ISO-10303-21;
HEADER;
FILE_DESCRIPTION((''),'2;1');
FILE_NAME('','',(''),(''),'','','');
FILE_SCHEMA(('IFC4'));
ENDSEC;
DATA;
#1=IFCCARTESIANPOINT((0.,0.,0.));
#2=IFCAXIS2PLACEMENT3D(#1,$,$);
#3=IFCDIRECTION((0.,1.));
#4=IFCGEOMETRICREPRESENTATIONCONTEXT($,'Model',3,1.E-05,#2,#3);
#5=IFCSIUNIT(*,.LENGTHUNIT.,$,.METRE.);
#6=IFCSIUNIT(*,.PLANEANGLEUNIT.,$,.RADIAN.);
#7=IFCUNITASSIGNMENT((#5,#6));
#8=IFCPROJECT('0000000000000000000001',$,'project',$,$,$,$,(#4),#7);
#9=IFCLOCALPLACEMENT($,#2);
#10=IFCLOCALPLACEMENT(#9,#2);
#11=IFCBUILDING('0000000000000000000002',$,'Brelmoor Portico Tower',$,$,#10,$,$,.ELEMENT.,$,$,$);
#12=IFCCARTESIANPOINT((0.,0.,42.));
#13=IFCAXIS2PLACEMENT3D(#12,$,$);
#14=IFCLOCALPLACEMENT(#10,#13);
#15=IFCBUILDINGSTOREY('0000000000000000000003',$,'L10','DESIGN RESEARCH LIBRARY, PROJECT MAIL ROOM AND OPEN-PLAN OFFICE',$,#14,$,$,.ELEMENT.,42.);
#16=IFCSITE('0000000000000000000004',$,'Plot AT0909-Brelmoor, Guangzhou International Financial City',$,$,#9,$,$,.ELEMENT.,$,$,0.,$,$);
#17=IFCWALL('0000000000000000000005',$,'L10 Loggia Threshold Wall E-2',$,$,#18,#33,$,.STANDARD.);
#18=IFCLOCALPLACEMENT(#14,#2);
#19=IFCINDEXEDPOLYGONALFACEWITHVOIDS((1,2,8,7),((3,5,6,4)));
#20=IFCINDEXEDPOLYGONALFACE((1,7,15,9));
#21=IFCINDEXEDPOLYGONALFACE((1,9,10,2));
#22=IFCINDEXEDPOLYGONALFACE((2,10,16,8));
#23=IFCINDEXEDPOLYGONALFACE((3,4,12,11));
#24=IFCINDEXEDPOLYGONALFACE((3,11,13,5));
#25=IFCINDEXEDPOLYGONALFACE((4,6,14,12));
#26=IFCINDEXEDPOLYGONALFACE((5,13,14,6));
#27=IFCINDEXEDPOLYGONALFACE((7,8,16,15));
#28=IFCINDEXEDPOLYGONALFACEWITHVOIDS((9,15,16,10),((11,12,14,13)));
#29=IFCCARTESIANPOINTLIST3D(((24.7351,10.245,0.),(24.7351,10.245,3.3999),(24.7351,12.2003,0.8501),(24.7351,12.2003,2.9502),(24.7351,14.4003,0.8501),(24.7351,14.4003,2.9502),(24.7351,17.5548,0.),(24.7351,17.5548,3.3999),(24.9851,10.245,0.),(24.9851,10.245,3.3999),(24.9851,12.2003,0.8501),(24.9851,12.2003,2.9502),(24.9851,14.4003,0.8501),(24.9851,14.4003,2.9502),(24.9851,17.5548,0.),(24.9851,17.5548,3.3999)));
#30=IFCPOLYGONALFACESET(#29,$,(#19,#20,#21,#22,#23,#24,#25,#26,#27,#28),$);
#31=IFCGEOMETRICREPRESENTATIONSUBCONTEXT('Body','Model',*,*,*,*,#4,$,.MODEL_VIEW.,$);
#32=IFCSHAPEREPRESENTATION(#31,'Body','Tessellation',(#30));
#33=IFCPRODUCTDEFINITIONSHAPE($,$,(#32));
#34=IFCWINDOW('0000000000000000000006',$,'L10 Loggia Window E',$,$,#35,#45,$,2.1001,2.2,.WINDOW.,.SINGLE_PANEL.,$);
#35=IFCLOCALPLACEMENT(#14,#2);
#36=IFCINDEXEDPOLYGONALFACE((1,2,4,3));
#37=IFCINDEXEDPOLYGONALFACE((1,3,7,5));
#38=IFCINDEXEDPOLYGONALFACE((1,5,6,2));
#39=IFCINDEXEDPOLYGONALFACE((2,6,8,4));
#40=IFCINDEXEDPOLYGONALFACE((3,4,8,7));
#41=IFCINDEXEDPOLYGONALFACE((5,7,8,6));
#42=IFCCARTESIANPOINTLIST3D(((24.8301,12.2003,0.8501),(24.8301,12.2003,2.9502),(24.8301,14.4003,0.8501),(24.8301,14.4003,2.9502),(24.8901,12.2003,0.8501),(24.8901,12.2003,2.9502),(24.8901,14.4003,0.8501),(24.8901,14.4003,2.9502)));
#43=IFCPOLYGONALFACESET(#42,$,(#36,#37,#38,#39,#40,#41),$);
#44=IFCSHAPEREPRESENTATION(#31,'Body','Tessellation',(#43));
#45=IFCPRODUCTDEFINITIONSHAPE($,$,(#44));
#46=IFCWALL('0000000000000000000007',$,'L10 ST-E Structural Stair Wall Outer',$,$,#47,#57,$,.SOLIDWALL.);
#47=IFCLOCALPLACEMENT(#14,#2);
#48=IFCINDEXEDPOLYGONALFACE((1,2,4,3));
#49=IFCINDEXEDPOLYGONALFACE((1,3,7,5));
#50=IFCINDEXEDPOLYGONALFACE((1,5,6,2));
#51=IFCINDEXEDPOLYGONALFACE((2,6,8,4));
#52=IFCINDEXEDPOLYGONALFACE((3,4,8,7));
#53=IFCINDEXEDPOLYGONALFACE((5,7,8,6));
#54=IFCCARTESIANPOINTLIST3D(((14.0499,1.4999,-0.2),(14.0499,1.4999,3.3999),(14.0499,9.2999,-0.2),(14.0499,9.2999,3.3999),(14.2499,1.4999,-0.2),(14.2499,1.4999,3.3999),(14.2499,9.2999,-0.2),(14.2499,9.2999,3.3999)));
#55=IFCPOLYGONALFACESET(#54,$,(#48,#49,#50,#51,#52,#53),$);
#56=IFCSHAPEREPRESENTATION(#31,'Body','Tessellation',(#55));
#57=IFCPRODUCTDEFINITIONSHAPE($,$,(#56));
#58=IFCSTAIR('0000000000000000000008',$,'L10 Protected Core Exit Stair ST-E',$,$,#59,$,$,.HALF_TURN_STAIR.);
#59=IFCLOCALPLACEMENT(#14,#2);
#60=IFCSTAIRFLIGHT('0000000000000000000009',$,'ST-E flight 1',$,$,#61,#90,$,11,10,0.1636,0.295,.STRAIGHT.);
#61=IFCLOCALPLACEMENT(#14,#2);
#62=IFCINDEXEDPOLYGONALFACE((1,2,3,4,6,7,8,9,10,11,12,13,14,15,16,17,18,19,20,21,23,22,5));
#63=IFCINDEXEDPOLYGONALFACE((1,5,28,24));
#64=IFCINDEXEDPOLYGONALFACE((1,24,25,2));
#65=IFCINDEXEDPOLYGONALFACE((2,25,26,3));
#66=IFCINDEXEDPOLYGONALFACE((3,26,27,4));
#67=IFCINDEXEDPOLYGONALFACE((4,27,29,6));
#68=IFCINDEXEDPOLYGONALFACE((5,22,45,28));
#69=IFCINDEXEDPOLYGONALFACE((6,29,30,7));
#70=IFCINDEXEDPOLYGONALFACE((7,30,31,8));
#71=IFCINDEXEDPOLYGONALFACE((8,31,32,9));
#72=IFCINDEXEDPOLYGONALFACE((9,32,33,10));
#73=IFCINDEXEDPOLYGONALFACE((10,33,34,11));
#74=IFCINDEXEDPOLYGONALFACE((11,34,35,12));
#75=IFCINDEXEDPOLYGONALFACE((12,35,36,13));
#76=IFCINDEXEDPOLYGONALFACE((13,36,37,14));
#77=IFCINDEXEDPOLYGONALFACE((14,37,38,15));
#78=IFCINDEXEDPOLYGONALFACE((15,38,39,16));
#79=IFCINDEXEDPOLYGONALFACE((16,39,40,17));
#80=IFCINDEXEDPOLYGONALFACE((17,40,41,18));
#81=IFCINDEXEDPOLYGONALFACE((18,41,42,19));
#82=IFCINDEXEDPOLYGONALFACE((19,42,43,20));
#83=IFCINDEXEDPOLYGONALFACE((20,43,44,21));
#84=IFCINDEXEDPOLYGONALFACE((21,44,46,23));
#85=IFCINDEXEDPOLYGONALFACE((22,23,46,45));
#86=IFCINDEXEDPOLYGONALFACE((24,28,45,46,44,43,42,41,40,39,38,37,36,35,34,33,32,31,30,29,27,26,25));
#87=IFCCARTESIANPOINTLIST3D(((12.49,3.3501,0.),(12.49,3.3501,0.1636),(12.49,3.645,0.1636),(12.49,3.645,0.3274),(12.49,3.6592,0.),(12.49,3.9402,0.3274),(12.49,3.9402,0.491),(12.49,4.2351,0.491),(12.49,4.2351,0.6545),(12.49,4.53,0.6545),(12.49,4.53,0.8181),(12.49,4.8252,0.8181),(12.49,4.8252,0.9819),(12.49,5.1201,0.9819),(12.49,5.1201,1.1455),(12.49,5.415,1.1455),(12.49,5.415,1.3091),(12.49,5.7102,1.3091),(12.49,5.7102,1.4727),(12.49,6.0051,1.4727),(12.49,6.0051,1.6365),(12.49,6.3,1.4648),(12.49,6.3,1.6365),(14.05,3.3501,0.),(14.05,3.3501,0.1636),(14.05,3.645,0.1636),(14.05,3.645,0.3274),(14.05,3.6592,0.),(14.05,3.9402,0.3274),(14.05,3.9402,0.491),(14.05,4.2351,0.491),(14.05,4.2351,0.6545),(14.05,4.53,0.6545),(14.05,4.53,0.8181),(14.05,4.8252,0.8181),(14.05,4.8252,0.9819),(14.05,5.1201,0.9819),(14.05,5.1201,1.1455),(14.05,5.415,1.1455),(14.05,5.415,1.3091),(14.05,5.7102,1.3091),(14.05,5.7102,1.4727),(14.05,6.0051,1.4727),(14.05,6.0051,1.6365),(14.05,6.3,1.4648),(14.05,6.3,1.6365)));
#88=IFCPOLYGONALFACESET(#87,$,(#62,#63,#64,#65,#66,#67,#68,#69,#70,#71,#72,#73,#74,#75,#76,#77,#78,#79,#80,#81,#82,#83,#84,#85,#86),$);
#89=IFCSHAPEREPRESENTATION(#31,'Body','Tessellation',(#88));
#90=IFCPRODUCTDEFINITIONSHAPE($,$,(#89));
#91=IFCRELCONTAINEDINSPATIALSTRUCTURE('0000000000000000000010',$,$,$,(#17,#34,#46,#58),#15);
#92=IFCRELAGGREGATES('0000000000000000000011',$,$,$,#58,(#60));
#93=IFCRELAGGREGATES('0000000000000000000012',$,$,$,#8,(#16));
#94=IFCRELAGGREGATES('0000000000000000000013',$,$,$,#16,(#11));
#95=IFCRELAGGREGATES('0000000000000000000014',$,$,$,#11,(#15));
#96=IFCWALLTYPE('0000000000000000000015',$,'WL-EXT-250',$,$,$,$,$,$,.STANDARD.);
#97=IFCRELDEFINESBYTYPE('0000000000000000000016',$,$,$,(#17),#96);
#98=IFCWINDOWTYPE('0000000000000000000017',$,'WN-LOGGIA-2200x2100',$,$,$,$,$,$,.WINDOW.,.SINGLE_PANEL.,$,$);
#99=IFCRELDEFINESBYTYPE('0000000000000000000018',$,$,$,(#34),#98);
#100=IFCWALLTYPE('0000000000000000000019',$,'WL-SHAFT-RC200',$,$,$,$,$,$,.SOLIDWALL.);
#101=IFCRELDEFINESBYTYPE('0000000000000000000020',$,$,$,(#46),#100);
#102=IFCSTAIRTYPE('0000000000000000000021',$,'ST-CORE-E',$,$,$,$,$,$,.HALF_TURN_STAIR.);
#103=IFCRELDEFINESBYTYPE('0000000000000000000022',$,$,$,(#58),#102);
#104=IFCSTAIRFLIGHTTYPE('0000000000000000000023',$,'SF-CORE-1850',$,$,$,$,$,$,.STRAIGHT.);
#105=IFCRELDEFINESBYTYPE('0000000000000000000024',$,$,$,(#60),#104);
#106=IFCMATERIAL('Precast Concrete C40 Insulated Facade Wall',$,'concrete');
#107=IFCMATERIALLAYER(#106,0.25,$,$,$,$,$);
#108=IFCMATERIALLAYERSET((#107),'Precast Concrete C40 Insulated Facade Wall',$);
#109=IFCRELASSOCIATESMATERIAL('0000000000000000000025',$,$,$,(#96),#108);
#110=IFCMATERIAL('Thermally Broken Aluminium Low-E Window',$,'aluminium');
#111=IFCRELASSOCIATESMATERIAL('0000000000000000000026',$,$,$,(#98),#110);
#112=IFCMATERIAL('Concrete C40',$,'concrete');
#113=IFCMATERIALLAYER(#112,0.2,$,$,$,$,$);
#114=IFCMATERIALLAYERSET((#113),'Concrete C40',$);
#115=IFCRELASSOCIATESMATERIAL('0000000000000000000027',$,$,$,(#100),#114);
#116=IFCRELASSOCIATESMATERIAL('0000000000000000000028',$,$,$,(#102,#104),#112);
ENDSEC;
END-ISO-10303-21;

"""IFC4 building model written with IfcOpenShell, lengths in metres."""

from ifc_helpers import new_model, si_unit, direction, frame, frame_2d, origin, place, context, subcontext, project, spatial, polyline, rectangle, outline, extrude, material, layer, layer_set, type_object, element, fill, aggregate, save


model = new_model("IFC4")

# Units and contexts
model_context = context("Model", 3, precision=1e-05, world=origin(), true_north=direction((0.0, 1.0)))
body_context = subcontext(model_context, "Body", "Model", "MODEL_VIEW")
ifc_project = project(units=[si_unit("LENGTHUNIT", "METRE"), si_unit("PLANEANGLEUNIT", "RADIAN")], contexts=[model_context])

# Site, building, storey
site_placement = place(None, origin())
site = spatial("IfcSite", under=ifc_project, at=site_placement, Name="Plot AT0909-Brelmoor, Guangzhou International Financial City", CompositionType="ELEMENT", RefElevation=0.0)
building_placement = place(site_placement, origin())
building = spatial("IfcBuilding", under=site, at=building_placement, Name="Brelmoor Portico Tower", CompositionType="ELEMENT")
storey_placement = place(building_placement, frame((0.0, 0.0, 42.0)))
storey = spatial("IfcBuildingStorey", under=building, at=storey_placement, Name="L10", Description="DESIGN RESEARCH LIBRARY, PROJECT MAIL ROOM AND OPEN-PLAN OFFICE", CompositionType="ELEMENT", Elevation=42.0)

# Shared definitions
ifc_material_1 = material(Name="Precast Concrete C40 Insulated Facade Wall", Category="concrete")
ifc_layer_1 = layer(ifc_material_1, 0.25)
ifc_layer_set_1 = layer_set([ifc_layer_1], Name="Precast Concrete C40 Insulated Facade Wall")
wall_type_1 = type_object("IfcWallType", Name="WL-EXT-250", PredefinedType="STANDARD", material=ifc_layer_set_1)

# Wall, opening, window
wall_1_placement = place(storey_placement, frame((24.8601, 10.2451, 0.0), z_axis=(0.0, 0.0, 1.0), x_axis=(0.0, 1.0, 0.0)))
wall_1 = element("IfcWall", 1, at=wall_1_placement, inside=storey, type_object=wall_type_1, Name="L10 Loggia Threshold Wall E-2", PredefinedType="STANDARD", context=body_context, shape_type="SweptSolid", body=[
    extrude(rectangle(XDim=7.3098, YDim=0.25, at=frame_2d((3.6548, 0.0))), origin(), (0.0, 0.0, 1.0), 3.3999),
])
opening_1_placement = place(wall_1_placement, frame((1.9551, 0.0, 0.8501)))
opening_1 = element("IfcOpeningElement", 2, at=opening_1_placement, cuts=wall_1, PredefinedType="OPENING", context=body_context, shape_type="SweptSolid", body=[
    extrude(rectangle(XDim=2.2, YDim=2.1001, at=frame_2d((1.1001, 1.05))), frame((0.0, 0.135, 0.0), z_axis=(0.0, -1.0, 0.0), x_axis=(1.0, 0.0, 0.0)), (0.0, 0.0, 1.0), 0.27),
])
ifc_material_2 = material(Name="Thermally Broken Aluminium Low-E Window", Category="aluminium")
window_type = type_object("IfcWindowType", Name="WN-LOGGIA-2200x2100", PartitioningType="SINGLE_PANEL", PredefinedType="WINDOW", material=ifc_material_2)
window_placement = place(opening_1_placement, origin())
window = element("IfcWindow", 3, at=window_placement, inside=storey, type_object=window_type, Name="L10 Loggia Window E", OverallHeight=2.1001, OverallWidth=2.2, PartitioningType="SINGLE_PANEL", PredefinedType="WINDOW", context=body_context, shape_type="SweptSolid", body=[
    extrude(rectangle(XDim=2.2, YDim=2.1001, at=frame_2d((1.1001, 1.05))), frame((0.0, 0.03, 0.0), z_axis=(0.0, -1.0, 0.0), x_axis=(1.0, 0.0, 0.0)), (0.0, 0.0, 1.0), 0.0601),
])
fill(opening_1, window)

# Wall
ifc_material_3 = material(Name="Concrete C40", Category="concrete")
ifc_layer_2 = layer(ifc_material_3, 0.2)
ifc_layer_set_2 = layer_set([ifc_layer_2], Name="Concrete C40")
wall_type_2 = type_object("IfcWallType", Name="WL-SHAFT-RC200", PredefinedType="SOLIDWALL", material=ifc_layer_set_2)
wall_2_placement = place(storey_placement, frame((14.1499, 1.5, -0.2), z_axis=(0.0, 0.0, 1.0), x_axis=(0.0, 1.0, 0.0)))
element("IfcWall", 4, at=wall_2_placement, inside=storey, type_object=wall_type_2, Name="L10 ST-E Structural Stair Wall Outer", PredefinedType="SOLIDWALL", context=body_context, shape_type="SweptSolid", body=[
    extrude(rectangle(XDim=7.8, YDim=0.2, at=frame_2d((3.8999, 0.0))), origin(), (0.0, 0.0, 1.0), 3.5999),
])

# Stair, stair flight
stair_type = type_object("IfcStairType", Name="ST-CORE-E", PredefinedType="HALF_TURN_STAIR", material=ifc_material_3)
stair_placement = place(storey_placement, origin())
stair = element("IfcStair", 5, at=stair_placement, inside=storey, type_object=stair_type, Name="L10 Protected Core Exit Stair ST-E", PredefinedType="HALF_TURN_STAIR")
stair_flight_type = type_object("IfcStairFlightType", Name="SF-CORE-1850", PredefinedType="STRAIGHT", material=ifc_material_3)
stair_flight_placement = place(storey_placement, frame((13.27, 3.3501, 0.0), z_axis=(0.0, 0.0, 1.0), x_axis=(0.0, 1.0, 0.0)))
stair_flight = element("IfcStairFlight", 6, at=stair_flight_placement, type_object=stair_flight_type, Name="ST-E flight 1", NumberOfRisers=11, NumberOfTreads=10, PredefinedType="STRAIGHT", RiserHeight=0.1636, TreadLength=0.295, context=body_context, shape_type="SweptSolid", body=[
    extrude(outline(polyline([(0.0, 0.0), (0.0, 0.1636), (0.2949, 0.1636), (0.2949, 0.3274), (0.5901, 0.3274), (0.5901, 0.491), (0.885, 0.491), (0.885, 0.6545), (1.1799, 0.6545), (1.1799, 0.8181), (1.4751, 0.8181), (1.4751, 0.9819), (1.77, 0.9819), (1.77, 1.1455), (2.0649, 1.1455), (2.0649, 1.3091), (2.3601, 1.3091), (2.3601, 1.4727), (2.655, 1.4727), (2.655, 1.6365), (2.95, 1.6365), (2.95, 1.8), (2.95, 1.4648), (0.3091, 0.0), (0.0, 0.0)])), frame((0.0, 0.78, 0.0), z_axis=(0.0, -1.0, 0.0), x_axis=(1.0, 0.0, 0.0)), (0.0, 0.0, 1.0), 1.5601),
])
aggregate(stair, [stair_flight])

save(model, "model.ifc")
